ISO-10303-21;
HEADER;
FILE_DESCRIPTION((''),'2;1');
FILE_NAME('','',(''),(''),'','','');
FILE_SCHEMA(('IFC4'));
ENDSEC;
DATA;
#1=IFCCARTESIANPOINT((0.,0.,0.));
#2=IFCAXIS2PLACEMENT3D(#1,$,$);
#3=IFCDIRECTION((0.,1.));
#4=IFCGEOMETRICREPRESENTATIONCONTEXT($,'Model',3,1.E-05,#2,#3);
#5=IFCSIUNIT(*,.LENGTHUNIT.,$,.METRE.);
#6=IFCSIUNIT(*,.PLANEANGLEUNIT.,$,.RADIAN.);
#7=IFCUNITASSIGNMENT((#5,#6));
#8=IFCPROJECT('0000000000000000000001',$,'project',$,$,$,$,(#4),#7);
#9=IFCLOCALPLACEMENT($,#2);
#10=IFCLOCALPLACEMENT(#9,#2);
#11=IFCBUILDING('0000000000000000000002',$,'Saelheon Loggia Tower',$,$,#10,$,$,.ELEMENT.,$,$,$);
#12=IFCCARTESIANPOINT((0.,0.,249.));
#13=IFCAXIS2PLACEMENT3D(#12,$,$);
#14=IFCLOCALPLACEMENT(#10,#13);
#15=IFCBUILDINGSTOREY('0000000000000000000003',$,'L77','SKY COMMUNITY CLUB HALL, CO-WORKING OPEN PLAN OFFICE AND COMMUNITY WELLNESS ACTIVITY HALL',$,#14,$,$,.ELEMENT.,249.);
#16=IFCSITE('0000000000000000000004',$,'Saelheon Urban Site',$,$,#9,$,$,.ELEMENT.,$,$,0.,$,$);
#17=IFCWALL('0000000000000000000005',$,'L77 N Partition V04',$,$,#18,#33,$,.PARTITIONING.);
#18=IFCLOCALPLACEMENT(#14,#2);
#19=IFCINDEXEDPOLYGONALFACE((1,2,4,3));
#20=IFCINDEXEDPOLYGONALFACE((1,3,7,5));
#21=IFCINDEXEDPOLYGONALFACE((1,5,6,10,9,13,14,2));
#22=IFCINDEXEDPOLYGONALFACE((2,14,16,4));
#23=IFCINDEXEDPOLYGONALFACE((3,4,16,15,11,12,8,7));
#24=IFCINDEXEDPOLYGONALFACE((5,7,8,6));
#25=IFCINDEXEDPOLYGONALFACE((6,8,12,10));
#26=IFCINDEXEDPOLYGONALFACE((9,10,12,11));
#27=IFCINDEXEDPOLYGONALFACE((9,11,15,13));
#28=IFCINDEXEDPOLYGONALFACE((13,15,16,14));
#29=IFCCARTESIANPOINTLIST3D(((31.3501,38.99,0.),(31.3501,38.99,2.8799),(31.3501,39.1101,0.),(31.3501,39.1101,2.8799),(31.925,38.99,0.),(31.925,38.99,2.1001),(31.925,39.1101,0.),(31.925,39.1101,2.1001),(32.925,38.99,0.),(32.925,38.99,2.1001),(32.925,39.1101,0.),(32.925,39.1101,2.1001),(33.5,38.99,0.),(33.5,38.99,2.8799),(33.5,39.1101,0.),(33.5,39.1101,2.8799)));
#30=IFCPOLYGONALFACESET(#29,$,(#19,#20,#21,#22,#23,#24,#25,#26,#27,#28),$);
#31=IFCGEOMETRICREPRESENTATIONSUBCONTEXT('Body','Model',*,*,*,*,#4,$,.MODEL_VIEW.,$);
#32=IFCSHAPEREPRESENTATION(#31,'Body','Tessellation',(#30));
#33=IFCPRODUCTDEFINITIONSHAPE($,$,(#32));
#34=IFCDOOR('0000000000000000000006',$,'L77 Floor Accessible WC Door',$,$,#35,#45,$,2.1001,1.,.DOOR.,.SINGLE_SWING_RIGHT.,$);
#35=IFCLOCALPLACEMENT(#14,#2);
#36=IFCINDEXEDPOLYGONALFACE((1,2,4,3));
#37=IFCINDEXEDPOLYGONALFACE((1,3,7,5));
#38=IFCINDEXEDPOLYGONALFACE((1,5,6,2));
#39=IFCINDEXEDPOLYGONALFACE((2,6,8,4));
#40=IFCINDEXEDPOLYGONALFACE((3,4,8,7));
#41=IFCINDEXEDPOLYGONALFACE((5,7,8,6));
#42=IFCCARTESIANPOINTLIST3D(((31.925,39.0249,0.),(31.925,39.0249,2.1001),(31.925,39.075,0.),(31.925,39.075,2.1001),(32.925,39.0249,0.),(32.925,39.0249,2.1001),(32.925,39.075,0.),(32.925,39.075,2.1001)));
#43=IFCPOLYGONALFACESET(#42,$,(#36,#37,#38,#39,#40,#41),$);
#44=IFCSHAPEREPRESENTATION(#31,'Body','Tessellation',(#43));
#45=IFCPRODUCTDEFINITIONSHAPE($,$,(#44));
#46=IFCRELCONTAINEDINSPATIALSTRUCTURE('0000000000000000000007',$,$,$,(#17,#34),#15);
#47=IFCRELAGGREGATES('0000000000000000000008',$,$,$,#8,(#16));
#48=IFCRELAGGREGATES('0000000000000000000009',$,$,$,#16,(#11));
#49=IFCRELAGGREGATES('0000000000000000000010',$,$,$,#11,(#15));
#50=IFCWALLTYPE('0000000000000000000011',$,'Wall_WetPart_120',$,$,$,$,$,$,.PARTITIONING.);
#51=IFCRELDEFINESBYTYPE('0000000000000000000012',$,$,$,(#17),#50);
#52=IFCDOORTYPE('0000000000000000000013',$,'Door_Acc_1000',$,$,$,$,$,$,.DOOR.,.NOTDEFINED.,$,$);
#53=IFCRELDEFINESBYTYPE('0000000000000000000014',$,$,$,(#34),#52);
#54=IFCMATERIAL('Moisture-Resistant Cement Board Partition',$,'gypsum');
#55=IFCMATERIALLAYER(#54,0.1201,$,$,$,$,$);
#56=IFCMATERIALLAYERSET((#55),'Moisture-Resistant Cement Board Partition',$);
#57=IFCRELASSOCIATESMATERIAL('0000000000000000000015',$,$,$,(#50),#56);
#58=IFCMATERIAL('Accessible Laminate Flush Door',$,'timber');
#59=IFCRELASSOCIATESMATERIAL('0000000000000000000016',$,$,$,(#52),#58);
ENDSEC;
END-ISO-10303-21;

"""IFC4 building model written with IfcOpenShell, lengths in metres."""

from ifc_helpers import new_model, si_unit, direction, frame, frame_2d, origin, place, context, subcontext, project, spatial, rectangle, extrude, source, transform, mapped, material, layer, layer_set, type_object, element, fill, save


model = new_model("IFC4")

# Units and contexts
model_context = context("Model", 3, precision=1e-05, world=origin(), true_north=direction((0.0, 1.0)))
body_context = subcontext(model_context, "Body", "Model", "MODEL_VIEW")
ifc_project = project(units=[si_unit("LENGTHUNIT", "METRE"), si_unit("PLANEANGLEUNIT", "RADIAN")], contexts=[model_context])

# Site, building, storey
site_placement = place(None, origin())
site = spatial("IfcSite", under=ifc_project, at=site_placement, Name="Saelheon Urban Site", CompositionType="ELEMENT", RefElevation=0.0)
building_placement = place(site_placement, origin())
building = spatial("IfcBuilding", under=site, at=building_placement, Name="Saelheon Loggia Tower", CompositionType="ELEMENT")
storey_placement = place(building_placement, frame((0.0, 0.0, 249.0)))
storey = spatial("IfcBuildingStorey", under=building, at=storey_placement, Name="L77", Description="SKY COMMUNITY CLUB HALL, CO-WORKING OPEN PLAN OFFICE AND COMMUNITY WELLNESS ACTIVITY HALL", CompositionType="ELEMENT", Elevation=249.0)

# Wall, opening, door
ifc_material_1 = material(Name="Moisture-Resistant Cement Board Partition", Category="gypsum")
ifc_layer_1 = layer(ifc_material_1, 0.1201)
ifc_layer_set_1 = layer_set([ifc_layer_1], Name="Moisture-Resistant Cement Board Partition")
wall_type_1 = type_object("IfcWallType", Name="Wall_WetPart_120", PredefinedType="PARTITIONING", material=ifc_layer_set_1)
wall_1_placement = place(storey_placement, frame((31.3501, 39.05, 0.0), z_axis=(0.0, 0.0, 1.0), x_axis=(1.0, 0.0, 0.0)))
wall_1 = element("IfcWall", 1, at=wall_1_placement, inside=storey, type_object=wall_type_1, Name="L77 N Partition V04", PredefinedType="PARTITIONING", context=body_context, shape_type="SweptSolid", body=[
    extrude(rectangle(XDim=2.1499, YDim=0.1201, at=frame_2d((1.075, 0.0))), origin(), (0.0, 0.0, 1.0), 2.8799),
])
opening_1_placement = place(wall_1_placement, frame((0.575, 0.0, 0.0)))
opening_1 = element("IfcOpeningElement", 2, at=opening_1_placement, cuts=wall_1, PredefinedType="OPENING", context=body_context, shape_type="SweptSolid", body=[
    extrude(rectangle(XDim=1.0, YDim=2.1001, at=frame_2d((0.5, 1.05))), frame((0.0, 0.072, 0.0), z_axis=(0.0, -1.0, 0.0), x_axis=(1.0, 0.0, 0.0)), (0.0, 0.0, 1.0), 0.144),
])
ifc_material_2 = material(Name="Accessible Laminate Flush Door", Category="timber")
door_type_1 = type_object("IfcDoorType", Name="Door_Acc_1000", OperationType="NOTDEFINED", PredefinedType="DOOR", material=ifc_material_2)
shared_shape_1 = source(origin(), body_context, "Body", "SweptSolid", [
    extrude(rectangle(XDim=1.0, YDim=2.1001, at=frame_2d((0.5, 1.05))), frame((0.0, 0.0249, 0.0), z_axis=(0.0, -1.0, 0.0), x_axis=(1.0, 0.0, 0.0)), (0.0, 0.0, 1.0), 0.05),
])
door_1_placement = place(opening_1_placement, origin())
door_1 = element("IfcDoor", 3, at=door_1_placement, inside=storey, type_object=door_type_1, Name="L77 Floor Accessible WC Door", OperationType="SINGLE_SWING_RIGHT", OverallHeight=2.1001, OverallWidth=1.0, PredefinedType="DOOR", context=body_context, shape_type="MappedRepresentation", body=[
    mapped(shared_shape_1, transform((0.0, 0.0, 0.0), scale=1.0)),
])
fill(opening_1, door_1)

save(model, "model.ifc")
